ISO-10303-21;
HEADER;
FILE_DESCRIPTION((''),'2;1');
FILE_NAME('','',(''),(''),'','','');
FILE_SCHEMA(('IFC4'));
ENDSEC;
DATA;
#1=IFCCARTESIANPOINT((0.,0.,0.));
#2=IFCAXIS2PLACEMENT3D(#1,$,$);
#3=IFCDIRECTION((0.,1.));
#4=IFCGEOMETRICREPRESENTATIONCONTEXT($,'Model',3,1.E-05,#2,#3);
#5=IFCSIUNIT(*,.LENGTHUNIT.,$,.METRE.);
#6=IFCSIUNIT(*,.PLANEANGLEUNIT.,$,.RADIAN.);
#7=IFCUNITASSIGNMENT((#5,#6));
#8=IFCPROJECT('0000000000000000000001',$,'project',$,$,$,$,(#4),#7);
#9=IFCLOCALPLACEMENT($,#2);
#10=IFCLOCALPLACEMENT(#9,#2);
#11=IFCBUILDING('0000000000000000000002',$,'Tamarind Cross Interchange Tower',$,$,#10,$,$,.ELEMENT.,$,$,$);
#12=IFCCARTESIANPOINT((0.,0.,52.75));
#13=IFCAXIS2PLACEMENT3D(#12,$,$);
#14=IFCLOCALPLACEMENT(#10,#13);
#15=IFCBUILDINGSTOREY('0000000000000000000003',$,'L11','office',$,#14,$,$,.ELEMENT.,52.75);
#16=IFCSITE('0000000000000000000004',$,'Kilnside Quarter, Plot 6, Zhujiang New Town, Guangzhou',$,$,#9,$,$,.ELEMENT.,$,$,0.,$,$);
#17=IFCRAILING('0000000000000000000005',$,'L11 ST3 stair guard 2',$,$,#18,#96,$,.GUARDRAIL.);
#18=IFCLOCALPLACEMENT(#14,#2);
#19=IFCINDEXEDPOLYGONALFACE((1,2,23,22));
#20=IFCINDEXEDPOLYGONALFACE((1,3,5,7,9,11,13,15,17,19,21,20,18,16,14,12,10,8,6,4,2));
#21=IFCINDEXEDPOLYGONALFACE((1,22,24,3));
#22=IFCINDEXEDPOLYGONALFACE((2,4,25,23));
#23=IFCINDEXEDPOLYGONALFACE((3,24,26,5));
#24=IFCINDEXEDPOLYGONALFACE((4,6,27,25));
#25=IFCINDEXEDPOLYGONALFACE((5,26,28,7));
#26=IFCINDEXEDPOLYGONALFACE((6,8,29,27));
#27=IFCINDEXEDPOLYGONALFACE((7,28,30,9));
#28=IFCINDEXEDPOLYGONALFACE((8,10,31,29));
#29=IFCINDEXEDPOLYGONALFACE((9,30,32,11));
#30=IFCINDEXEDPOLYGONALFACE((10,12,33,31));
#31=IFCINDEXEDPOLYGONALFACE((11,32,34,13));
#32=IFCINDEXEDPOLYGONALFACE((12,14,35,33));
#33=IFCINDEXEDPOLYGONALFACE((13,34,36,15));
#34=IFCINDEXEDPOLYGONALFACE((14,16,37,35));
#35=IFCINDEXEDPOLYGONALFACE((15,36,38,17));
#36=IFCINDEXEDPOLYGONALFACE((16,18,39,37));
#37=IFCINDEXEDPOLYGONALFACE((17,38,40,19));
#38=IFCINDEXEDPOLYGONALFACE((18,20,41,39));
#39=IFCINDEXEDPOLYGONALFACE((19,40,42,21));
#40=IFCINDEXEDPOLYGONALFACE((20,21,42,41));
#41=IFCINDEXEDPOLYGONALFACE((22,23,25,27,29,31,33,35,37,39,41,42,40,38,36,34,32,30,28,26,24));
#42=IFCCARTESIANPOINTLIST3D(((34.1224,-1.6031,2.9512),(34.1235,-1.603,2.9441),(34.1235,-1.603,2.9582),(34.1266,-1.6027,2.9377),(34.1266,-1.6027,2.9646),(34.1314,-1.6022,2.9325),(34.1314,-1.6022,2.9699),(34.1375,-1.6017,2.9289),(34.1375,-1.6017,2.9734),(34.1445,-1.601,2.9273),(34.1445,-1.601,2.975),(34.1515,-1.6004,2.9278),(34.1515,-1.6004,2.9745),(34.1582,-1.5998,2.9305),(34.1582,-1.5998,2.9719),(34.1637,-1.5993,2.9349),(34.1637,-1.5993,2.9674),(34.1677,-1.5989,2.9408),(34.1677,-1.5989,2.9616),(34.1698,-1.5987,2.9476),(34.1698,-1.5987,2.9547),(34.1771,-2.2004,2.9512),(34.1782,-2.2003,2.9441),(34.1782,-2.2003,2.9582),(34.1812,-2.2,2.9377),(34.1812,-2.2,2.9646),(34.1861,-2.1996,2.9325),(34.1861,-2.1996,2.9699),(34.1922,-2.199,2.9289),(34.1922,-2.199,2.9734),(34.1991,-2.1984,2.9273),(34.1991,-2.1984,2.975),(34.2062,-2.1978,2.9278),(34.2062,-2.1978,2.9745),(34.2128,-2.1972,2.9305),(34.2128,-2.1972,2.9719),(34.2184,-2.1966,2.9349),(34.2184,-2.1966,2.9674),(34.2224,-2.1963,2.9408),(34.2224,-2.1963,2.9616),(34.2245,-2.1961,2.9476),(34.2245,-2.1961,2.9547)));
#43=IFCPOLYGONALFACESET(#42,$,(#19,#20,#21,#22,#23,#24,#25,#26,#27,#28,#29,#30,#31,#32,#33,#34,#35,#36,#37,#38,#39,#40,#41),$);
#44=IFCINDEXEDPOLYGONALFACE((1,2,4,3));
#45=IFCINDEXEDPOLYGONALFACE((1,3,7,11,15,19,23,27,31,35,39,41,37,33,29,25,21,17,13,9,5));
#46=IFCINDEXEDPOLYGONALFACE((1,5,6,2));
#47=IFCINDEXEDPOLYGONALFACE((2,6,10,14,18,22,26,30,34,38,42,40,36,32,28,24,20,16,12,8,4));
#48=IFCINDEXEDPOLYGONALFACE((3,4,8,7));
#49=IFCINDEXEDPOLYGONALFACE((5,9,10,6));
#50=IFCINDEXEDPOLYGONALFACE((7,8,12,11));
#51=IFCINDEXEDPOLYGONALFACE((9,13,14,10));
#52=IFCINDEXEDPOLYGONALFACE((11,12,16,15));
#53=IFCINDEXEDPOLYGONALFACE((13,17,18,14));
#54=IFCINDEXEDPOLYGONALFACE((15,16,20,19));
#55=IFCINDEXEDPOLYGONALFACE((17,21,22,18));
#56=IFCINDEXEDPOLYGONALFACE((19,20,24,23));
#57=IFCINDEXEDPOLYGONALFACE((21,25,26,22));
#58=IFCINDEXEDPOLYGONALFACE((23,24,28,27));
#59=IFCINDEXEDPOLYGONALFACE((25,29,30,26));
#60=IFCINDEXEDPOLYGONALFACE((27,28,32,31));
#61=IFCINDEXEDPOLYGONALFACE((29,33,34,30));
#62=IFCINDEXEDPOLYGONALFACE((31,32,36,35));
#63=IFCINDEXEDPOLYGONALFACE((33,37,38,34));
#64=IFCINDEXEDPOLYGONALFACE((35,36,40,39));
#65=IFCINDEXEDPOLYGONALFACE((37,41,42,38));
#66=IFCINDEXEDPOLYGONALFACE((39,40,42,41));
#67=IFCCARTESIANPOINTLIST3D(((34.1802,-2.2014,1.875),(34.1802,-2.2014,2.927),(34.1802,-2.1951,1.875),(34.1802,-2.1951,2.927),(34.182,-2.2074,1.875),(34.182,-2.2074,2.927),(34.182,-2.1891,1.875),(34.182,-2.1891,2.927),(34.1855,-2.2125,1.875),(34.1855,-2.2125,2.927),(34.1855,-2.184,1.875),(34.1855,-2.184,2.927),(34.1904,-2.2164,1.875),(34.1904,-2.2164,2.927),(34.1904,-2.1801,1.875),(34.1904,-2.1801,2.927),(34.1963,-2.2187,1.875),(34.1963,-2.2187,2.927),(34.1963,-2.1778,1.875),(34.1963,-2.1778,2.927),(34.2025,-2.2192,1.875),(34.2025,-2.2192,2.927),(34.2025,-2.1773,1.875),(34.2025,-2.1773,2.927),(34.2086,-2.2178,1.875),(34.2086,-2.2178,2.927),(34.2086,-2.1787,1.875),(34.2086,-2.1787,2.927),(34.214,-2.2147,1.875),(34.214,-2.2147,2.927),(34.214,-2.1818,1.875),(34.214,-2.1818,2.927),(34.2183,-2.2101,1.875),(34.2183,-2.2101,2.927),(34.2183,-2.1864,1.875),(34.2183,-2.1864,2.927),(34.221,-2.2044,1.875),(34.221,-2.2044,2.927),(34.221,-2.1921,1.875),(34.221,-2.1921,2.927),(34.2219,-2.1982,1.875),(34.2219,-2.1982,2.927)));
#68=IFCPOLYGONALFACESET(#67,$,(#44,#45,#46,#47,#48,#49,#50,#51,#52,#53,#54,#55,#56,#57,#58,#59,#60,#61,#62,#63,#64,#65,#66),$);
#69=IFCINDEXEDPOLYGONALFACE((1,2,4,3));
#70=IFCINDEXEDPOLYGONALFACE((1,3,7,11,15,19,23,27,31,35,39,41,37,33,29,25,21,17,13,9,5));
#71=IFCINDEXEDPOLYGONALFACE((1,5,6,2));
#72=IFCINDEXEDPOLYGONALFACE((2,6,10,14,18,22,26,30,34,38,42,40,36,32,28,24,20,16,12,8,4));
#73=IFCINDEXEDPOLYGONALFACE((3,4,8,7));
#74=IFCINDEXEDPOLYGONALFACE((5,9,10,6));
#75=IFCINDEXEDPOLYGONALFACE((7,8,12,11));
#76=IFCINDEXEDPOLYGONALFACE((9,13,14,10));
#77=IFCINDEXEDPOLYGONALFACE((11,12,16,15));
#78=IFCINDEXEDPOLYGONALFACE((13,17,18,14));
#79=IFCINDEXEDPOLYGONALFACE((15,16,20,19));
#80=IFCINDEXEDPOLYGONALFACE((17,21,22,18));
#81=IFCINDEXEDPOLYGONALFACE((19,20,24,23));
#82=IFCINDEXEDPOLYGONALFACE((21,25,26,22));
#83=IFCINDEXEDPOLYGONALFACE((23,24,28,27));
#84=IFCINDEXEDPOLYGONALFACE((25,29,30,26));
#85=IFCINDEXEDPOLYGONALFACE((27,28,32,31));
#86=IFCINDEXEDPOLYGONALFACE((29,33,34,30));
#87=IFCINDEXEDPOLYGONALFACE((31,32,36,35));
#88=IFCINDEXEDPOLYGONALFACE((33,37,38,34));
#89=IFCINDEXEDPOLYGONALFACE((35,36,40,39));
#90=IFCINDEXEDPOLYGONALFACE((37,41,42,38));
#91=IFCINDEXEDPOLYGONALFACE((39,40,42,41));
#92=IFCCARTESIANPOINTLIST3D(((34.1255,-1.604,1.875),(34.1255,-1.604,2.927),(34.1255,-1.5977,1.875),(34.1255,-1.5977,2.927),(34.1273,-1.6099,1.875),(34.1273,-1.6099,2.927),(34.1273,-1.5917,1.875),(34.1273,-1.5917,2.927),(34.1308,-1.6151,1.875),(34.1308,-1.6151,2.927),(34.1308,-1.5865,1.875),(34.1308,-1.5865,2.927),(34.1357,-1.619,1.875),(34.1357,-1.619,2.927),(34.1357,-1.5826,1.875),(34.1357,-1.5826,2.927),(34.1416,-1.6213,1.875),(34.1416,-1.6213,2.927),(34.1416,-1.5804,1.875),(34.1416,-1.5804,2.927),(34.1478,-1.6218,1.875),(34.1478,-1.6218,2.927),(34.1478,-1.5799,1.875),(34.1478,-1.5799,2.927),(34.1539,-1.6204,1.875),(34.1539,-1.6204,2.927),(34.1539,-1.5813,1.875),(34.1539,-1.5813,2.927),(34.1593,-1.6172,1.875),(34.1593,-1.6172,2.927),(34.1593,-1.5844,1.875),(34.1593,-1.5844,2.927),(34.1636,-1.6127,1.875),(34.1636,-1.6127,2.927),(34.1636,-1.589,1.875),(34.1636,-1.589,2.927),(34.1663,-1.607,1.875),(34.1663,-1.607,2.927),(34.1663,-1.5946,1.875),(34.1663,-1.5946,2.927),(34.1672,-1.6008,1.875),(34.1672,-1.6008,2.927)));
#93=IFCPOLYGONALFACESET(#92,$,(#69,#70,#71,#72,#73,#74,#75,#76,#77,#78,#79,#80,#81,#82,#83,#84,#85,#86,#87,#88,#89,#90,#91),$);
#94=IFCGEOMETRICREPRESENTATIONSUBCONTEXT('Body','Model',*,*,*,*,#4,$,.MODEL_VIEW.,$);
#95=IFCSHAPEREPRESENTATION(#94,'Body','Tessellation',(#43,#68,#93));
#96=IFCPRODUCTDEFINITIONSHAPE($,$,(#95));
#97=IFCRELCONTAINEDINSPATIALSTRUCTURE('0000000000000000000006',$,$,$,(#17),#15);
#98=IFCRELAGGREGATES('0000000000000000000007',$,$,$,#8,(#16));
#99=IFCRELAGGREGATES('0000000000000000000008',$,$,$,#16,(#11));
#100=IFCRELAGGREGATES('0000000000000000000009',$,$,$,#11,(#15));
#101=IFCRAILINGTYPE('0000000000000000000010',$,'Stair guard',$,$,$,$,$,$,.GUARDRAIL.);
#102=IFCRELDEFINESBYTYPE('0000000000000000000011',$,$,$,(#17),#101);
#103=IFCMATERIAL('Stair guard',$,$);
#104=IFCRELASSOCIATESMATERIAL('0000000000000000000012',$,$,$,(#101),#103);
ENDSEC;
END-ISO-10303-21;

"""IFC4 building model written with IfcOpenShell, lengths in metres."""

from ifc_helpers import new_model, si_unit, direction, frame, origin, origin_2d, place, context, subcontext, project, spatial, circle, extrude, material, type_object, element, save


model = new_model("IFC4")

# Units and contexts
model_context = context("Model", 3, precision=1e-05, world=origin(), true_north=direction((0.0, 1.0)))
body_context = subcontext(model_context, "Body", "Model", "MODEL_VIEW")
ifc_project = project(units=[si_unit("LENGTHUNIT", "METRE"), si_unit("PLANEANGLEUNIT", "RADIAN")], contexts=[model_context])

# Site, building, storey
site_placement = place(None, origin())
site = spatial("IfcSite", under=ifc_project, at=site_placement, Name="Kilnside Quarter, Plot 6, Zhujiang New Town, Guangzhou", CompositionType="ELEMENT", RefElevation=0.0)
building_placement = place(site_placement, origin())
building = spatial("IfcBuilding", under=site, at=building_placement, Name="Tamarind Cross Interchange Tower", CompositionType="ELEMENT")
storey_placement = place(building_placement, frame((0.0, 0.0, 52.75)))
storey = spatial("IfcBuildingStorey", under=building, at=storey_placement, Name="L11", Description="office", CompositionType="ELEMENT", Elevation=52.75)

# Railing
ifc_material_1 = material(Name="Stair guard")
railing_type_1 = type_object("IfcRailingType", Name="Stair guard", PredefinedType="GUARDRAIL", material=ifc_material_1)
railing_1_placement = place(storey_placement, frame((34.2009, -2.1982, 1.875)))
element("IfcRailing", 1, at=railing_1_placement, inside=storey, type_object=railing_type_1, Name="L11 ST3 stair guard 2", PredefinedType="GUARDRAIL", context=body_context, shape_type="SweptSolid", body=[
    extrude(circle(Radius=0.0239, at=origin_2d()), frame((0.0, 0.0, 1.0762), z_axis=(-0.09116, 0.995836, 0.0), x_axis=(-0.995836, -0.09116, 0.0)), (0.0, 0.0, 1.0), 0.5999),
    extrude(circle(Radius=0.021, at=origin_2d()), origin(), (0.0, 0.0, 1.0), 1.052),
    extrude(circle(Radius=0.021, at=origin_2d()), frame((-0.0547, 0.5974, 0.0)), (0.0, 0.0, 1.0), 1.052),
])

save(model, "model.ifc")
